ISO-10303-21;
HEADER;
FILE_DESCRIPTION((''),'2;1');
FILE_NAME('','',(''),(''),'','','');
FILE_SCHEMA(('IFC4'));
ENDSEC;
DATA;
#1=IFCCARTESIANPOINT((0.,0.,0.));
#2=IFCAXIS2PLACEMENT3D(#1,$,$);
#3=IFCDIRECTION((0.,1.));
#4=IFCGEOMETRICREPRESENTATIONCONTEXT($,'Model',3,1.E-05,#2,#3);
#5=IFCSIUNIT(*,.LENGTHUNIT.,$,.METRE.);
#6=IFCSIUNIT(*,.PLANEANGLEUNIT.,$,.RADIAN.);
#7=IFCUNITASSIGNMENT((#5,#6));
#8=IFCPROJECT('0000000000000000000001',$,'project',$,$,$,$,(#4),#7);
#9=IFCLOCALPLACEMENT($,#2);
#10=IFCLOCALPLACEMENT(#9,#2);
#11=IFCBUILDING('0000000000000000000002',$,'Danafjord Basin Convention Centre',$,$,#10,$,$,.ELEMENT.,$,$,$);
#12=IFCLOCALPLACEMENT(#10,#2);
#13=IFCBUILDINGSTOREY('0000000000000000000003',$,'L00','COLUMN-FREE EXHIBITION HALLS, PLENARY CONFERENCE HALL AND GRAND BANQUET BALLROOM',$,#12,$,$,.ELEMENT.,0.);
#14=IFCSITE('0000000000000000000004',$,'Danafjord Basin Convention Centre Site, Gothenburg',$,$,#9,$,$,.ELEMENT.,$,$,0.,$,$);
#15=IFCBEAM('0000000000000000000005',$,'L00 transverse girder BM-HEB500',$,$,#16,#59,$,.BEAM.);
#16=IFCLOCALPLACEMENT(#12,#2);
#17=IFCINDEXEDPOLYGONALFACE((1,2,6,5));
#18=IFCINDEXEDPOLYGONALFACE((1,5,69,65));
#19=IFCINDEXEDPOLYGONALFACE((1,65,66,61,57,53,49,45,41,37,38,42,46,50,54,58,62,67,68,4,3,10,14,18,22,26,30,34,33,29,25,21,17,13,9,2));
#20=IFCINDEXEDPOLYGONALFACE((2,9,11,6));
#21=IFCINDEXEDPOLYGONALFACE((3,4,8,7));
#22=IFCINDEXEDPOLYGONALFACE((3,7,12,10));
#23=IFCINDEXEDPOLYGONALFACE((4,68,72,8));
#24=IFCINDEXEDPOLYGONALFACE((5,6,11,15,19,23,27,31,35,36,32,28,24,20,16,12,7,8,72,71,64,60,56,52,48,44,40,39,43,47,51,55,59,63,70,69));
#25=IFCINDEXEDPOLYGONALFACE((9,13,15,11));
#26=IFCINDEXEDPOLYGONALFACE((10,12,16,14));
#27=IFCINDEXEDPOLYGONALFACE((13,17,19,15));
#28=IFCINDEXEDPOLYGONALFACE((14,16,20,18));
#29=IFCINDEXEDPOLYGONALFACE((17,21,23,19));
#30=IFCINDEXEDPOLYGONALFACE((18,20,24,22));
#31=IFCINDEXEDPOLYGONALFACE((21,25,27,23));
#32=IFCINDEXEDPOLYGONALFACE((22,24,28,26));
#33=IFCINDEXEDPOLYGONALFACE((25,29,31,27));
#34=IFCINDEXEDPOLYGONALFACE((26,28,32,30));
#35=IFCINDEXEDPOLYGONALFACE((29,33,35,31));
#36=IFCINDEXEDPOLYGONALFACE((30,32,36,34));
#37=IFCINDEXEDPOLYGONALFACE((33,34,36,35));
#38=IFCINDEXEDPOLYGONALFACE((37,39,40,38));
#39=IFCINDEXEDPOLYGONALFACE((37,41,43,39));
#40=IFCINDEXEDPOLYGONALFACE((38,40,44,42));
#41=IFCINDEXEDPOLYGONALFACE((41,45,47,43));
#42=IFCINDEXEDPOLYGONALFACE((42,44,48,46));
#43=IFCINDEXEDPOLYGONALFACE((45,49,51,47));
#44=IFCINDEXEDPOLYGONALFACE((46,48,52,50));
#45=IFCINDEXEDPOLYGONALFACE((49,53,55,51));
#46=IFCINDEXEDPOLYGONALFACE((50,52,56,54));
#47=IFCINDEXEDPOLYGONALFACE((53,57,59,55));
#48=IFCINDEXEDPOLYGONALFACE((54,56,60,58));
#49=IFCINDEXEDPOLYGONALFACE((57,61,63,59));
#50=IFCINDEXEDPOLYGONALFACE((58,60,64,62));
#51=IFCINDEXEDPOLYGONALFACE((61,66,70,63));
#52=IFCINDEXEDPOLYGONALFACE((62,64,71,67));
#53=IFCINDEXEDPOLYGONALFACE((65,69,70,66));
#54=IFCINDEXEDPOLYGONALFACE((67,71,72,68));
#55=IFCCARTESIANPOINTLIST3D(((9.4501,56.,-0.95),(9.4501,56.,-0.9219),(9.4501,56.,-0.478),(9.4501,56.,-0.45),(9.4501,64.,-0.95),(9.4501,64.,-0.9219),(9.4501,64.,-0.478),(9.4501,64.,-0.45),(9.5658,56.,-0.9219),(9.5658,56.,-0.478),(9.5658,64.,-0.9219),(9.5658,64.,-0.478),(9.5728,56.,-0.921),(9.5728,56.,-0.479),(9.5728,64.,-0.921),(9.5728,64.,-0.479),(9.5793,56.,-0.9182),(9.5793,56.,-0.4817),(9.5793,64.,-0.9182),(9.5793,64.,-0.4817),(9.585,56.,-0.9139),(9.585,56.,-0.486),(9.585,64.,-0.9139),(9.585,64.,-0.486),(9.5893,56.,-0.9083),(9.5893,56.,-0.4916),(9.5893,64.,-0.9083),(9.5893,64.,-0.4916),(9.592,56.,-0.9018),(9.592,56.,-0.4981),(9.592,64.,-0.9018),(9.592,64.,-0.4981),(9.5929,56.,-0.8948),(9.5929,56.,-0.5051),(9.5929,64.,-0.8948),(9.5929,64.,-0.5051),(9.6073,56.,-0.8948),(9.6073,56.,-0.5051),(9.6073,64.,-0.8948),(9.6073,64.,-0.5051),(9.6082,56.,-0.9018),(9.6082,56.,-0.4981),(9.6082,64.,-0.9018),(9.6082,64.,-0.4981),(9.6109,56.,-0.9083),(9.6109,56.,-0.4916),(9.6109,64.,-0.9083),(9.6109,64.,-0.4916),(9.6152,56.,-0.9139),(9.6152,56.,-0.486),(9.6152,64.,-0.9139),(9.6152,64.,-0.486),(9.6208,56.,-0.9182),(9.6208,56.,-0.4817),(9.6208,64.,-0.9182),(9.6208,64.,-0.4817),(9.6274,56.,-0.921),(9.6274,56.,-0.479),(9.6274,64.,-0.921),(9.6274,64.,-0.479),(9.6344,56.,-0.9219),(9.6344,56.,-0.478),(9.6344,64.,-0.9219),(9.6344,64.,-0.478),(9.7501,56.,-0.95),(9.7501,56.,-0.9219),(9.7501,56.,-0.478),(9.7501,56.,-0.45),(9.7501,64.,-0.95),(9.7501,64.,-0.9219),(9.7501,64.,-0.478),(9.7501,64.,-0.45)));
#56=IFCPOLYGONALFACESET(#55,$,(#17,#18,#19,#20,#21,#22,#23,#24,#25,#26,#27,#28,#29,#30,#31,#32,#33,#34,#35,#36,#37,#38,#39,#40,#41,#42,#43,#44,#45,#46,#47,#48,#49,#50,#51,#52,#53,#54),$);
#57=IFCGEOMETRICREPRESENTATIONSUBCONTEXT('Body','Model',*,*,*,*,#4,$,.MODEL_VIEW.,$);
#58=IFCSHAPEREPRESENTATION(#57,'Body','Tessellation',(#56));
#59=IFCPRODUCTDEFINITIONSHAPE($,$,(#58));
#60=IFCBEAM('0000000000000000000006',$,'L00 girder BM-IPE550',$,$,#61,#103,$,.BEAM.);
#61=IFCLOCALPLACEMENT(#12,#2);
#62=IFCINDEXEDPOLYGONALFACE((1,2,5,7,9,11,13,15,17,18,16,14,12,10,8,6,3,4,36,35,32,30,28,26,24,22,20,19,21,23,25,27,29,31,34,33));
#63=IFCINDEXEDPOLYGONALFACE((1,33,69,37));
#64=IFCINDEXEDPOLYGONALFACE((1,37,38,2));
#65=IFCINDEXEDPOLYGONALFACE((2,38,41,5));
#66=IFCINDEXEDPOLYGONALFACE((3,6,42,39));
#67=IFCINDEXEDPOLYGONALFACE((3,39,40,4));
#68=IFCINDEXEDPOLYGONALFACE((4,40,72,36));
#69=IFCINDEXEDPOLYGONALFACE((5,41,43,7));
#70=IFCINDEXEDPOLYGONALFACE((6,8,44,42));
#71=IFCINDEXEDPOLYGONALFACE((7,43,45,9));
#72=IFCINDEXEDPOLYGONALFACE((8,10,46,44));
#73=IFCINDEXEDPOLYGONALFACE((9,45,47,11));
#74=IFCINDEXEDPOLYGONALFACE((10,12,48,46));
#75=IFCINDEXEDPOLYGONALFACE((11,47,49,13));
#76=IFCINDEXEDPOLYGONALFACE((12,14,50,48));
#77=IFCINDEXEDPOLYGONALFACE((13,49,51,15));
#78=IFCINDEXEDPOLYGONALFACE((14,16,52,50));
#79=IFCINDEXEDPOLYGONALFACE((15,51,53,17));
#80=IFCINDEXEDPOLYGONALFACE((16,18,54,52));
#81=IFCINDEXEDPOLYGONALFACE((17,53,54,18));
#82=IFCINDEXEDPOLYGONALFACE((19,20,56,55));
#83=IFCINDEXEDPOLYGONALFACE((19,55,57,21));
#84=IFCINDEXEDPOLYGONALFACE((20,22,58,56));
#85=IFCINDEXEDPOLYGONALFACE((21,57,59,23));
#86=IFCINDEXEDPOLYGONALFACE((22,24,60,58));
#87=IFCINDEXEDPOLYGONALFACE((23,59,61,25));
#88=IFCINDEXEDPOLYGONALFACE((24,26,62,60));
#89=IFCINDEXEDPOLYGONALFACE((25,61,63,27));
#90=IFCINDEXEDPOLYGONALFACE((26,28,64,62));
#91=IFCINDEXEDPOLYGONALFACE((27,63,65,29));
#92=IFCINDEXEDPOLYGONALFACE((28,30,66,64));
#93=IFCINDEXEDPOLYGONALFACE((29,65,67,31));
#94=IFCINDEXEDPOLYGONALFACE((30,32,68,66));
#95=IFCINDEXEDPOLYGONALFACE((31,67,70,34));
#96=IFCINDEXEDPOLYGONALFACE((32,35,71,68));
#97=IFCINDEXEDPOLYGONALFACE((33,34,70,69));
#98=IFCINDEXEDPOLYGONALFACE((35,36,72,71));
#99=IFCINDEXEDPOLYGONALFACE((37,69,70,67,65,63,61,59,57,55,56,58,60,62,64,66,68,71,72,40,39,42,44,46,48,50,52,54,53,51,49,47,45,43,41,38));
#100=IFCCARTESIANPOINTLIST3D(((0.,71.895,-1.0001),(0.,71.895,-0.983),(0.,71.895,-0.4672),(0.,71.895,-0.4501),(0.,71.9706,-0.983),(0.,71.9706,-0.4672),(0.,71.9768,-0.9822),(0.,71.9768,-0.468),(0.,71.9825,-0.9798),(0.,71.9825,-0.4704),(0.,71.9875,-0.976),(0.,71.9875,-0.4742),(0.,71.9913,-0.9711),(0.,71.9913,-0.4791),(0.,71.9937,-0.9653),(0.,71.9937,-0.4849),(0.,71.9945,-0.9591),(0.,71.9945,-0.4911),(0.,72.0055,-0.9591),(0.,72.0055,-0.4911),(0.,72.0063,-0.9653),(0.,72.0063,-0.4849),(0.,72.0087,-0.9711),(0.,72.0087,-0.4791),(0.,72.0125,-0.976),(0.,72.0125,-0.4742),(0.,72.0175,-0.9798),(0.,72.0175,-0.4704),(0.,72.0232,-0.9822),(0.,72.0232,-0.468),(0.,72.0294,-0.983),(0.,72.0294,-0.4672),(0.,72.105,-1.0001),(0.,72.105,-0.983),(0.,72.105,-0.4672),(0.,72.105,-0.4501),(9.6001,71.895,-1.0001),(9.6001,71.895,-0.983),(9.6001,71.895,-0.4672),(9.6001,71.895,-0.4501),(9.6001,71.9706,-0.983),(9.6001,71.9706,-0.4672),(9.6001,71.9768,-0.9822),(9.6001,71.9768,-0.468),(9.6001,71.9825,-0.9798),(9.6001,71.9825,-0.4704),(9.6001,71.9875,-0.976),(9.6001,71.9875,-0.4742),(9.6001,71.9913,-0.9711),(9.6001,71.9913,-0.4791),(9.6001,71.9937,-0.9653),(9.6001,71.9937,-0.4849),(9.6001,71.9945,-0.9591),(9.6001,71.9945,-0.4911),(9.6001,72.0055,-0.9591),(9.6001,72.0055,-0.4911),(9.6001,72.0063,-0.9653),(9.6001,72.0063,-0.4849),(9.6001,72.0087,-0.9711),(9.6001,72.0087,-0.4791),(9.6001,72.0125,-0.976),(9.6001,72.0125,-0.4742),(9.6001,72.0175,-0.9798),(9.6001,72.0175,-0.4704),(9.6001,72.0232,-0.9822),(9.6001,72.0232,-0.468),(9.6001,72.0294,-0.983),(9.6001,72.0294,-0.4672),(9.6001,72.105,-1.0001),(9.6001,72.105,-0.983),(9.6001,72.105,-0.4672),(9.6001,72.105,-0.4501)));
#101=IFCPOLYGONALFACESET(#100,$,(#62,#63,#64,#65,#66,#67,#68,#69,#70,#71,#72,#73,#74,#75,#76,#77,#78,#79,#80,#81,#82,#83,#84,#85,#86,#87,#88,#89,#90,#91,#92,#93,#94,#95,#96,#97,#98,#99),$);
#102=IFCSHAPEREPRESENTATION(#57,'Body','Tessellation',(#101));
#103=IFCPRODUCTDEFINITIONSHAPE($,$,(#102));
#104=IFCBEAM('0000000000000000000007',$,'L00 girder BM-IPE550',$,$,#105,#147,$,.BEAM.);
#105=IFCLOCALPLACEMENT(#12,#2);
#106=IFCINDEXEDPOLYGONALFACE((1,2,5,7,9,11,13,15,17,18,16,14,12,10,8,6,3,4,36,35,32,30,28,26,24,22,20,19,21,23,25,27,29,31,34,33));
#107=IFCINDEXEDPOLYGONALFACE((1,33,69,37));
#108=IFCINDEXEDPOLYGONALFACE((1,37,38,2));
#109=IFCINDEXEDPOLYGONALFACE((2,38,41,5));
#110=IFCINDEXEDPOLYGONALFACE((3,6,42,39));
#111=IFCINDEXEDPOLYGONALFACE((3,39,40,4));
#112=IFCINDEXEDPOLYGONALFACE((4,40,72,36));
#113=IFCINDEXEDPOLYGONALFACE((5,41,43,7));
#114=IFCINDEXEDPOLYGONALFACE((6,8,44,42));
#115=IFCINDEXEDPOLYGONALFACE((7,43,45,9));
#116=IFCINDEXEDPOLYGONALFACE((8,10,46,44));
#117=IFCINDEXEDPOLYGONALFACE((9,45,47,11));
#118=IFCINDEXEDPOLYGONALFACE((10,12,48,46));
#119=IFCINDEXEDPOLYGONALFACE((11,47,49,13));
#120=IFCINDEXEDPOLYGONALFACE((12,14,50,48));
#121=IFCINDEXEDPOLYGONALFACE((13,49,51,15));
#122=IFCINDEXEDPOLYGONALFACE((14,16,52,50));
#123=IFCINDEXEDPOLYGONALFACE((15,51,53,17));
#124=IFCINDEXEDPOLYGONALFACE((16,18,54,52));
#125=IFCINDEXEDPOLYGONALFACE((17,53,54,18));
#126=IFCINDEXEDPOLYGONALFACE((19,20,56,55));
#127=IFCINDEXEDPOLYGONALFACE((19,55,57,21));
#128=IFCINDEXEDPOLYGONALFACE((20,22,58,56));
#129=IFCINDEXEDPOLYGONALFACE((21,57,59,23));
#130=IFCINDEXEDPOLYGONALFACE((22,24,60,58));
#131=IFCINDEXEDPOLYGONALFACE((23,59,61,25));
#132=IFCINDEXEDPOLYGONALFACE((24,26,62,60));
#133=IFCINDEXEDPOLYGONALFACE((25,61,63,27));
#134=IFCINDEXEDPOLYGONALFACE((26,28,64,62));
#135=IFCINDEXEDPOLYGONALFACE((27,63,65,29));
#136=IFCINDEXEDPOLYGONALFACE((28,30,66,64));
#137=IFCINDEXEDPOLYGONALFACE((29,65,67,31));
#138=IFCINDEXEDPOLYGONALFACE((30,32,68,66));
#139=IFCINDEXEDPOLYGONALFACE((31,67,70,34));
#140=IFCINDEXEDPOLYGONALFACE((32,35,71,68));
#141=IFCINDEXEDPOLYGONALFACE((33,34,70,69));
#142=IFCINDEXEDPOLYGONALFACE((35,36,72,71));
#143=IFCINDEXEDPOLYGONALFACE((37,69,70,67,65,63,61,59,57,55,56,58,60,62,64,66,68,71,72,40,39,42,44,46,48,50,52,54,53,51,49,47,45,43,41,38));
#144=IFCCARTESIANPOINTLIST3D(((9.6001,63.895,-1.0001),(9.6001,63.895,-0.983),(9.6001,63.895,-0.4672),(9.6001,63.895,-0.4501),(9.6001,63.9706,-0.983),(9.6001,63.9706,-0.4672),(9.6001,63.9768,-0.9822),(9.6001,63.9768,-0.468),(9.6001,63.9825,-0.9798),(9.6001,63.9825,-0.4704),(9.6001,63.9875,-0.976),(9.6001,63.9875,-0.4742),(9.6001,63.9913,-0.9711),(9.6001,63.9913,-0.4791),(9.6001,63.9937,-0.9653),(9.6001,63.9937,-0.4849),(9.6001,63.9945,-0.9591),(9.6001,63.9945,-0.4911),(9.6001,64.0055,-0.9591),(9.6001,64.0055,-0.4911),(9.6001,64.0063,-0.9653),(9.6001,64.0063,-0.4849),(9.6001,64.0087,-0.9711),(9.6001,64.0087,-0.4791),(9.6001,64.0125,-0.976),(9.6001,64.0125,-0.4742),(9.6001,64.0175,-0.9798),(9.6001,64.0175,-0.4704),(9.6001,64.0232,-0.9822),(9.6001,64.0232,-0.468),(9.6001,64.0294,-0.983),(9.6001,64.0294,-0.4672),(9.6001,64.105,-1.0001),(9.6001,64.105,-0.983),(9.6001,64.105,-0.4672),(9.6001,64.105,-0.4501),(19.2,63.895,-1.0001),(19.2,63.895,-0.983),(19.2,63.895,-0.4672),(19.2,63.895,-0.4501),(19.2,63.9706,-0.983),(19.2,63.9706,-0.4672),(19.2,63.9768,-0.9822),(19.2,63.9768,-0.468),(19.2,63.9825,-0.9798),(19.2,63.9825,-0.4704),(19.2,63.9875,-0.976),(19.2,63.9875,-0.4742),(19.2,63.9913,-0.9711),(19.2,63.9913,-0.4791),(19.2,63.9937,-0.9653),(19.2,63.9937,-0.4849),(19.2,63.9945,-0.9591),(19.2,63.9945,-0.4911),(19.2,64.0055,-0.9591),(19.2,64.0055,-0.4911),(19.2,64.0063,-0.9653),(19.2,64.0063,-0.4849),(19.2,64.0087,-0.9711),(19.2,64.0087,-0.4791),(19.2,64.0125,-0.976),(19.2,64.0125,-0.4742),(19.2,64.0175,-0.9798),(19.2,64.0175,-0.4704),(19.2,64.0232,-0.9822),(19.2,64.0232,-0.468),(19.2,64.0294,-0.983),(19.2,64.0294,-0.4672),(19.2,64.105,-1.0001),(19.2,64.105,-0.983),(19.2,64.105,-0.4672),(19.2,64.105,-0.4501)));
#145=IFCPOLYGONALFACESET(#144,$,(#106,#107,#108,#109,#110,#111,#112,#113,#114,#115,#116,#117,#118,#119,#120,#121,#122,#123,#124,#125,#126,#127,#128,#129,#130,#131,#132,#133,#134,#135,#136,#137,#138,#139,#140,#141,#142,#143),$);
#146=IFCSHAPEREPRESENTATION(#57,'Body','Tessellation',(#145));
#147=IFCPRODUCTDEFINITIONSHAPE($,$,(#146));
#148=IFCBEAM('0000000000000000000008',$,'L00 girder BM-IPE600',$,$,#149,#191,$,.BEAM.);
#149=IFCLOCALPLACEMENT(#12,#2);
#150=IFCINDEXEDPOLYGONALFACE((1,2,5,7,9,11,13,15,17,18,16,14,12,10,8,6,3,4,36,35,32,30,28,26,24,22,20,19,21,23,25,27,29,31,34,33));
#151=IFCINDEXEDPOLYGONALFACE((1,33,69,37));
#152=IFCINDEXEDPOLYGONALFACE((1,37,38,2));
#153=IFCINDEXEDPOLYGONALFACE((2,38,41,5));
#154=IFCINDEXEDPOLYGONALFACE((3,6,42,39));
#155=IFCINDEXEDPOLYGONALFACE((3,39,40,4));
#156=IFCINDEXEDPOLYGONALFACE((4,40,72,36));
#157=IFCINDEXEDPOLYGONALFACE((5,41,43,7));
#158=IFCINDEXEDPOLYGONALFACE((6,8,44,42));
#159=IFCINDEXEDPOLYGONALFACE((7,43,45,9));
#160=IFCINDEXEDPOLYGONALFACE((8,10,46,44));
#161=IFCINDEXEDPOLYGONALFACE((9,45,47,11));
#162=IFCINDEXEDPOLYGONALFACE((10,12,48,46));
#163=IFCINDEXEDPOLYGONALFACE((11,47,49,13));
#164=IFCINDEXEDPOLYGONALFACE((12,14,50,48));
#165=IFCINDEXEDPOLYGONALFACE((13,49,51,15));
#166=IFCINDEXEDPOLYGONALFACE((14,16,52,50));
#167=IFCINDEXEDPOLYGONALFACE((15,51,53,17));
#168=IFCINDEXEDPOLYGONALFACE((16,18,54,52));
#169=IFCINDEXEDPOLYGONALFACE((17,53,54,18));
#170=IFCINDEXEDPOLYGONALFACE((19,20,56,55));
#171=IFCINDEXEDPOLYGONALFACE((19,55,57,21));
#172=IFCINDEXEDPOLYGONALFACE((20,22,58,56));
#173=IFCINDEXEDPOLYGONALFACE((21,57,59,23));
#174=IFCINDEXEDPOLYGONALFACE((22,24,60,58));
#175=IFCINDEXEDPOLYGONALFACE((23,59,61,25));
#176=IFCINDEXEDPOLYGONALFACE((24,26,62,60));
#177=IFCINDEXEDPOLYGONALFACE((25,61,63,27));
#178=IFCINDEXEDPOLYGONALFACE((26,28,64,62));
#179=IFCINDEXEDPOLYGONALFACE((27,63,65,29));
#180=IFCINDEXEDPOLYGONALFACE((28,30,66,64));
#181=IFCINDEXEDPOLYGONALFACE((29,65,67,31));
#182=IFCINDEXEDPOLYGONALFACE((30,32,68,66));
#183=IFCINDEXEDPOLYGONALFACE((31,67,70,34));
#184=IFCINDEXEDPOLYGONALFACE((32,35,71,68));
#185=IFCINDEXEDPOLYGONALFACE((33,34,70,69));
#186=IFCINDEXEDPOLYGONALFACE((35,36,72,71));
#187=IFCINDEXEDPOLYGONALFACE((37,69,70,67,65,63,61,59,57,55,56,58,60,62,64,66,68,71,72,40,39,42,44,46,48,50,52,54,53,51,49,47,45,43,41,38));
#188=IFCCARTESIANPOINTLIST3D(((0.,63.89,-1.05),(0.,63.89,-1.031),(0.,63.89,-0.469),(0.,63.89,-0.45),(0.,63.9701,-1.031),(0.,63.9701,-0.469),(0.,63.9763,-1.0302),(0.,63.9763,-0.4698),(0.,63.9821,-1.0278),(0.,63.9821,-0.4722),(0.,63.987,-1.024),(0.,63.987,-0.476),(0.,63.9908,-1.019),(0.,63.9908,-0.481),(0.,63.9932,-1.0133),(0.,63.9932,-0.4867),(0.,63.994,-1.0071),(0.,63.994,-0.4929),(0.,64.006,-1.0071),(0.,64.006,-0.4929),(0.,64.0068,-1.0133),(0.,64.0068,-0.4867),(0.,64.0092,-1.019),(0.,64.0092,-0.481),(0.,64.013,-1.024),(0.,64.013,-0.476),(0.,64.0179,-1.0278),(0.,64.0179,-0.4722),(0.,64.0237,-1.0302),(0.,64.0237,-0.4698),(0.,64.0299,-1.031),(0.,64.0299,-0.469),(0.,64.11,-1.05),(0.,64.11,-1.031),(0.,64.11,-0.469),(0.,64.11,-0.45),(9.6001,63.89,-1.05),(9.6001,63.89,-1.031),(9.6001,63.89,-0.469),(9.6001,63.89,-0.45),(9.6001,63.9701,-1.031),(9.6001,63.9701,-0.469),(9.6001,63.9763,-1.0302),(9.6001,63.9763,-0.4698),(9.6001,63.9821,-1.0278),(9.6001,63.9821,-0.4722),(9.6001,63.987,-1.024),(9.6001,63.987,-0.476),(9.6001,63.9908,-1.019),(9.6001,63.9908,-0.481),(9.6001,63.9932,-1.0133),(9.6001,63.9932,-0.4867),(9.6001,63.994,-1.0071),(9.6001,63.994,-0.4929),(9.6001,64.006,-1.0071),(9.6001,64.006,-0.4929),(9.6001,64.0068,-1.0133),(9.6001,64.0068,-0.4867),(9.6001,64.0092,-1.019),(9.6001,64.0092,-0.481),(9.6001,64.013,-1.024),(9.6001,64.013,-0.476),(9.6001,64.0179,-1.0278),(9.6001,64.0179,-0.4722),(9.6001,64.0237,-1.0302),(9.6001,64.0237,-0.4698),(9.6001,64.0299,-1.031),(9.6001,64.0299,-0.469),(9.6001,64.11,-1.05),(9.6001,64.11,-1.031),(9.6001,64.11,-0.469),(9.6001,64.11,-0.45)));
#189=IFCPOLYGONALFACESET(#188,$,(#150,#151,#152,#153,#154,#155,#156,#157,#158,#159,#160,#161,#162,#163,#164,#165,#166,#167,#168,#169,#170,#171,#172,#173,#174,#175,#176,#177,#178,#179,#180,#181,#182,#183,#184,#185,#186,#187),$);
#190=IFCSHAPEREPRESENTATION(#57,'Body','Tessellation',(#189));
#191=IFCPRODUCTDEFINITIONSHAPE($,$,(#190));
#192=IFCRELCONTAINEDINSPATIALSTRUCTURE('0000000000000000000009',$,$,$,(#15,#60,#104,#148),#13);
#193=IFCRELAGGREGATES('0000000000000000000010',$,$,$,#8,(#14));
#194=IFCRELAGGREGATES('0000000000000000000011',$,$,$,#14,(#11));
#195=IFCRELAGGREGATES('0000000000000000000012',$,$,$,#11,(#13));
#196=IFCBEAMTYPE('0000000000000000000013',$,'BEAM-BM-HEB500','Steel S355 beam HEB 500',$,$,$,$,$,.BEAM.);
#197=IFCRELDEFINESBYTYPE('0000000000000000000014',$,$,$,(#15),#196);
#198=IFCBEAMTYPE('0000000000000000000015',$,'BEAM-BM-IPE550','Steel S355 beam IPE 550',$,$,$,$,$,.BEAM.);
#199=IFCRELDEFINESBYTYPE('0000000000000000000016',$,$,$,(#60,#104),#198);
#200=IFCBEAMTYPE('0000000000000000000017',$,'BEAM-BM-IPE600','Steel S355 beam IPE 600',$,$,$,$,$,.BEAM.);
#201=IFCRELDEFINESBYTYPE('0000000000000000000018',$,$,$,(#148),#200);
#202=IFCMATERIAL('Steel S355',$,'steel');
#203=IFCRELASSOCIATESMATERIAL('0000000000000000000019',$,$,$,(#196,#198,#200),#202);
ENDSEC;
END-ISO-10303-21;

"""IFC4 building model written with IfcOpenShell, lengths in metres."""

from ifc_helpers import new_model, si_unit, direction, frame, origin, origin_2d, place, context, subcontext, project, spatial, i_section, extrude, material, material_profile, profile_set, type_object, element, save


model = new_model("IFC4")

# Units and contexts
model_context = context("Model", 3, precision=1e-05, world=origin(), true_north=direction((0.0, 1.0)))
body_context = subcontext(model_context, "Body", "Model", "MODEL_VIEW")
ifc_project = project(units=[si_unit("LENGTHUNIT", "METRE"), si_unit("PLANEANGLEUNIT", "RADIAN")], contexts=[model_context])

# Site, building, storey
site_placement = place(None, origin())
site = spatial("IfcSite", under=ifc_project, at=site_placement, Name="Danafjord Basin Convention Centre Site, Gothenburg", CompositionType="ELEMENT", RefElevation=0.0)
building_placement = place(site_placement, origin())
building = spatial("IfcBuilding", under=site, at=building_placement, Name="Danafjord Basin Convention Centre", CompositionType="ELEMENT")
storey_placement = place(building_placement, origin())
storey = spatial("IfcBuildingStorey", under=building, at=storey_placement, Name="L00", Description="COLUMN-FREE EXHIBITION HALLS, PLENARY CONFERENCE HALL AND GRAND BANQUET BALLROOM", CompositionType="ELEMENT", Elevation=0.0)

# Beams
ifc_material_1 = material(Name="Steel S355", Category="steel")
ifc_material_profile_1 = material_profile(ifc_material_1, i_section(OverallWidth=0.3, OverallDepth=0.5, WebThickness=0.0144, FlangeThickness=0.0281, FilletRadius=0.0271, at=origin_2d()), Name="HEB 500")
ifc_profile_set_1 = profile_set([ifc_material_profile_1], Name="Steel S355")
beam_type_1 = type_object("IfcBeamType", Name="BEAM-BM-HEB500", Description="Steel S355 beam HEB 500", PredefinedType="BEAM", material=ifc_profile_set_1)
beam_1_placement = place(storey_placement, frame((9.6001, 56.0, -0.7), z_axis=(0.0, 1.0, 0.0), x_axis=(-1.0, 0.0, 0.0)))
element("IfcBeam", 1, at=beam_1_placement, inside=storey, type_object=beam_type_1, Name="L00 transverse girder BM-HEB500", PredefinedType="BEAM", context=body_context, shape_type="SweptSolid", body=[
    extrude(i_section(OverallWidth=0.3, OverallDepth=0.5, WebThickness=0.0144, FlangeThickness=0.0281, FilletRadius=0.0271, at=origin_2d()), origin(), (0.0, 0.0, 1.0), 8.0),
])
ifc_material_profile_2 = material_profile(ifc_material_1, i_section(OverallWidth=0.21, OverallDepth=0.55, WebThickness=0.011, FlangeThickness=0.0171, FilletRadius=0.0239, at=origin_2d()), Name="IPE 550")
ifc_profile_set_2 = profile_set([ifc_material_profile_2], Name="Steel S355")
beam_type_2 = type_object("IfcBeamType", Name="BEAM-BM-IPE550", Description="Steel S355 beam IPE 550", PredefinedType="BEAM", material=ifc_profile_set_2)
beam_2_placement = place(storey_placement, frame((0.0, 72.0, -0.7251), z_axis=(1.0, 0.0, 0.0), x_axis=(0.0, 1.0, 0.0)))
element("IfcBeam", 2, at=beam_2_placement, inside=storey, type_object=beam_type_2, Name="L00 girder BM-IPE550", PredefinedType="BEAM", context=body_context, shape_type="SweptSolid", body=[
    extrude(i_section(OverallWidth=0.21, OverallDepth=0.55, WebThickness=0.011, FlangeThickness=0.0171, FilletRadius=0.0239, at=origin_2d()), origin(), (0.0, 0.0, 1.0), 9.6001),
])
beam_3_placement = place(storey_placement, frame((9.6001, 64.0, -0.7251), z_axis=(1.0, 0.0, 0.0), x_axis=(0.0, 1.0, 0.0)))
element("IfcBeam", 3, at=beam_3_placement, inside=storey, type_object=beam_type_2, Name="L00 girder BM-IPE550", PredefinedType="BEAM", context=body_context, shape_type="SweptSolid", body=[
    extrude(i_section(OverallWidth=0.21, OverallDepth=0.55, WebThickness=0.011, FlangeThickness=0.0171, FilletRadius=0.0239, at=origin_2d()), origin(), (0.0, 0.0, 1.0), 9.5999),
])
ifc_material_profile_3 = material_profile(ifc_material_1, i_section(OverallWidth=0.22, OverallDepth=0.6001, WebThickness=0.012, FlangeThickness=0.019, FilletRadius=0.0239, at=origin_2d()), Name="IPE 600")
ifc_profile_set_3 = profile_set([ifc_material_profile_3], Name="Steel S355")
beam_type_3 = type_object("IfcBeamType", Name="BEAM-BM-IPE600", Description="Steel S355 beam IPE 600", PredefinedType="BEAM", material=ifc_profile_set_3)
beam_4_placement = place(storey_placement, frame((0.0, 64.0, -0.75), z_axis=(1.0, 0.0, 0.0), x_axis=(0.0, 1.0, 0.0)))
element("IfcBeam", 4, at=beam_4_placement, inside=storey, type_object=beam_type_3, Name="L00 girder BM-IPE600", PredefinedType="BEAM", context=body_context, shape_type="SweptSolid", body=[
    extrude(i_section(OverallWidth=0.22, OverallDepth=0.6001, WebThickness=0.012, FlangeThickness=0.019, FilletRadius=0.0239, at=origin_2d()), origin(), (0.0, 0.0, 1.0), 9.6001),
])

save(model, "model.ifc")
